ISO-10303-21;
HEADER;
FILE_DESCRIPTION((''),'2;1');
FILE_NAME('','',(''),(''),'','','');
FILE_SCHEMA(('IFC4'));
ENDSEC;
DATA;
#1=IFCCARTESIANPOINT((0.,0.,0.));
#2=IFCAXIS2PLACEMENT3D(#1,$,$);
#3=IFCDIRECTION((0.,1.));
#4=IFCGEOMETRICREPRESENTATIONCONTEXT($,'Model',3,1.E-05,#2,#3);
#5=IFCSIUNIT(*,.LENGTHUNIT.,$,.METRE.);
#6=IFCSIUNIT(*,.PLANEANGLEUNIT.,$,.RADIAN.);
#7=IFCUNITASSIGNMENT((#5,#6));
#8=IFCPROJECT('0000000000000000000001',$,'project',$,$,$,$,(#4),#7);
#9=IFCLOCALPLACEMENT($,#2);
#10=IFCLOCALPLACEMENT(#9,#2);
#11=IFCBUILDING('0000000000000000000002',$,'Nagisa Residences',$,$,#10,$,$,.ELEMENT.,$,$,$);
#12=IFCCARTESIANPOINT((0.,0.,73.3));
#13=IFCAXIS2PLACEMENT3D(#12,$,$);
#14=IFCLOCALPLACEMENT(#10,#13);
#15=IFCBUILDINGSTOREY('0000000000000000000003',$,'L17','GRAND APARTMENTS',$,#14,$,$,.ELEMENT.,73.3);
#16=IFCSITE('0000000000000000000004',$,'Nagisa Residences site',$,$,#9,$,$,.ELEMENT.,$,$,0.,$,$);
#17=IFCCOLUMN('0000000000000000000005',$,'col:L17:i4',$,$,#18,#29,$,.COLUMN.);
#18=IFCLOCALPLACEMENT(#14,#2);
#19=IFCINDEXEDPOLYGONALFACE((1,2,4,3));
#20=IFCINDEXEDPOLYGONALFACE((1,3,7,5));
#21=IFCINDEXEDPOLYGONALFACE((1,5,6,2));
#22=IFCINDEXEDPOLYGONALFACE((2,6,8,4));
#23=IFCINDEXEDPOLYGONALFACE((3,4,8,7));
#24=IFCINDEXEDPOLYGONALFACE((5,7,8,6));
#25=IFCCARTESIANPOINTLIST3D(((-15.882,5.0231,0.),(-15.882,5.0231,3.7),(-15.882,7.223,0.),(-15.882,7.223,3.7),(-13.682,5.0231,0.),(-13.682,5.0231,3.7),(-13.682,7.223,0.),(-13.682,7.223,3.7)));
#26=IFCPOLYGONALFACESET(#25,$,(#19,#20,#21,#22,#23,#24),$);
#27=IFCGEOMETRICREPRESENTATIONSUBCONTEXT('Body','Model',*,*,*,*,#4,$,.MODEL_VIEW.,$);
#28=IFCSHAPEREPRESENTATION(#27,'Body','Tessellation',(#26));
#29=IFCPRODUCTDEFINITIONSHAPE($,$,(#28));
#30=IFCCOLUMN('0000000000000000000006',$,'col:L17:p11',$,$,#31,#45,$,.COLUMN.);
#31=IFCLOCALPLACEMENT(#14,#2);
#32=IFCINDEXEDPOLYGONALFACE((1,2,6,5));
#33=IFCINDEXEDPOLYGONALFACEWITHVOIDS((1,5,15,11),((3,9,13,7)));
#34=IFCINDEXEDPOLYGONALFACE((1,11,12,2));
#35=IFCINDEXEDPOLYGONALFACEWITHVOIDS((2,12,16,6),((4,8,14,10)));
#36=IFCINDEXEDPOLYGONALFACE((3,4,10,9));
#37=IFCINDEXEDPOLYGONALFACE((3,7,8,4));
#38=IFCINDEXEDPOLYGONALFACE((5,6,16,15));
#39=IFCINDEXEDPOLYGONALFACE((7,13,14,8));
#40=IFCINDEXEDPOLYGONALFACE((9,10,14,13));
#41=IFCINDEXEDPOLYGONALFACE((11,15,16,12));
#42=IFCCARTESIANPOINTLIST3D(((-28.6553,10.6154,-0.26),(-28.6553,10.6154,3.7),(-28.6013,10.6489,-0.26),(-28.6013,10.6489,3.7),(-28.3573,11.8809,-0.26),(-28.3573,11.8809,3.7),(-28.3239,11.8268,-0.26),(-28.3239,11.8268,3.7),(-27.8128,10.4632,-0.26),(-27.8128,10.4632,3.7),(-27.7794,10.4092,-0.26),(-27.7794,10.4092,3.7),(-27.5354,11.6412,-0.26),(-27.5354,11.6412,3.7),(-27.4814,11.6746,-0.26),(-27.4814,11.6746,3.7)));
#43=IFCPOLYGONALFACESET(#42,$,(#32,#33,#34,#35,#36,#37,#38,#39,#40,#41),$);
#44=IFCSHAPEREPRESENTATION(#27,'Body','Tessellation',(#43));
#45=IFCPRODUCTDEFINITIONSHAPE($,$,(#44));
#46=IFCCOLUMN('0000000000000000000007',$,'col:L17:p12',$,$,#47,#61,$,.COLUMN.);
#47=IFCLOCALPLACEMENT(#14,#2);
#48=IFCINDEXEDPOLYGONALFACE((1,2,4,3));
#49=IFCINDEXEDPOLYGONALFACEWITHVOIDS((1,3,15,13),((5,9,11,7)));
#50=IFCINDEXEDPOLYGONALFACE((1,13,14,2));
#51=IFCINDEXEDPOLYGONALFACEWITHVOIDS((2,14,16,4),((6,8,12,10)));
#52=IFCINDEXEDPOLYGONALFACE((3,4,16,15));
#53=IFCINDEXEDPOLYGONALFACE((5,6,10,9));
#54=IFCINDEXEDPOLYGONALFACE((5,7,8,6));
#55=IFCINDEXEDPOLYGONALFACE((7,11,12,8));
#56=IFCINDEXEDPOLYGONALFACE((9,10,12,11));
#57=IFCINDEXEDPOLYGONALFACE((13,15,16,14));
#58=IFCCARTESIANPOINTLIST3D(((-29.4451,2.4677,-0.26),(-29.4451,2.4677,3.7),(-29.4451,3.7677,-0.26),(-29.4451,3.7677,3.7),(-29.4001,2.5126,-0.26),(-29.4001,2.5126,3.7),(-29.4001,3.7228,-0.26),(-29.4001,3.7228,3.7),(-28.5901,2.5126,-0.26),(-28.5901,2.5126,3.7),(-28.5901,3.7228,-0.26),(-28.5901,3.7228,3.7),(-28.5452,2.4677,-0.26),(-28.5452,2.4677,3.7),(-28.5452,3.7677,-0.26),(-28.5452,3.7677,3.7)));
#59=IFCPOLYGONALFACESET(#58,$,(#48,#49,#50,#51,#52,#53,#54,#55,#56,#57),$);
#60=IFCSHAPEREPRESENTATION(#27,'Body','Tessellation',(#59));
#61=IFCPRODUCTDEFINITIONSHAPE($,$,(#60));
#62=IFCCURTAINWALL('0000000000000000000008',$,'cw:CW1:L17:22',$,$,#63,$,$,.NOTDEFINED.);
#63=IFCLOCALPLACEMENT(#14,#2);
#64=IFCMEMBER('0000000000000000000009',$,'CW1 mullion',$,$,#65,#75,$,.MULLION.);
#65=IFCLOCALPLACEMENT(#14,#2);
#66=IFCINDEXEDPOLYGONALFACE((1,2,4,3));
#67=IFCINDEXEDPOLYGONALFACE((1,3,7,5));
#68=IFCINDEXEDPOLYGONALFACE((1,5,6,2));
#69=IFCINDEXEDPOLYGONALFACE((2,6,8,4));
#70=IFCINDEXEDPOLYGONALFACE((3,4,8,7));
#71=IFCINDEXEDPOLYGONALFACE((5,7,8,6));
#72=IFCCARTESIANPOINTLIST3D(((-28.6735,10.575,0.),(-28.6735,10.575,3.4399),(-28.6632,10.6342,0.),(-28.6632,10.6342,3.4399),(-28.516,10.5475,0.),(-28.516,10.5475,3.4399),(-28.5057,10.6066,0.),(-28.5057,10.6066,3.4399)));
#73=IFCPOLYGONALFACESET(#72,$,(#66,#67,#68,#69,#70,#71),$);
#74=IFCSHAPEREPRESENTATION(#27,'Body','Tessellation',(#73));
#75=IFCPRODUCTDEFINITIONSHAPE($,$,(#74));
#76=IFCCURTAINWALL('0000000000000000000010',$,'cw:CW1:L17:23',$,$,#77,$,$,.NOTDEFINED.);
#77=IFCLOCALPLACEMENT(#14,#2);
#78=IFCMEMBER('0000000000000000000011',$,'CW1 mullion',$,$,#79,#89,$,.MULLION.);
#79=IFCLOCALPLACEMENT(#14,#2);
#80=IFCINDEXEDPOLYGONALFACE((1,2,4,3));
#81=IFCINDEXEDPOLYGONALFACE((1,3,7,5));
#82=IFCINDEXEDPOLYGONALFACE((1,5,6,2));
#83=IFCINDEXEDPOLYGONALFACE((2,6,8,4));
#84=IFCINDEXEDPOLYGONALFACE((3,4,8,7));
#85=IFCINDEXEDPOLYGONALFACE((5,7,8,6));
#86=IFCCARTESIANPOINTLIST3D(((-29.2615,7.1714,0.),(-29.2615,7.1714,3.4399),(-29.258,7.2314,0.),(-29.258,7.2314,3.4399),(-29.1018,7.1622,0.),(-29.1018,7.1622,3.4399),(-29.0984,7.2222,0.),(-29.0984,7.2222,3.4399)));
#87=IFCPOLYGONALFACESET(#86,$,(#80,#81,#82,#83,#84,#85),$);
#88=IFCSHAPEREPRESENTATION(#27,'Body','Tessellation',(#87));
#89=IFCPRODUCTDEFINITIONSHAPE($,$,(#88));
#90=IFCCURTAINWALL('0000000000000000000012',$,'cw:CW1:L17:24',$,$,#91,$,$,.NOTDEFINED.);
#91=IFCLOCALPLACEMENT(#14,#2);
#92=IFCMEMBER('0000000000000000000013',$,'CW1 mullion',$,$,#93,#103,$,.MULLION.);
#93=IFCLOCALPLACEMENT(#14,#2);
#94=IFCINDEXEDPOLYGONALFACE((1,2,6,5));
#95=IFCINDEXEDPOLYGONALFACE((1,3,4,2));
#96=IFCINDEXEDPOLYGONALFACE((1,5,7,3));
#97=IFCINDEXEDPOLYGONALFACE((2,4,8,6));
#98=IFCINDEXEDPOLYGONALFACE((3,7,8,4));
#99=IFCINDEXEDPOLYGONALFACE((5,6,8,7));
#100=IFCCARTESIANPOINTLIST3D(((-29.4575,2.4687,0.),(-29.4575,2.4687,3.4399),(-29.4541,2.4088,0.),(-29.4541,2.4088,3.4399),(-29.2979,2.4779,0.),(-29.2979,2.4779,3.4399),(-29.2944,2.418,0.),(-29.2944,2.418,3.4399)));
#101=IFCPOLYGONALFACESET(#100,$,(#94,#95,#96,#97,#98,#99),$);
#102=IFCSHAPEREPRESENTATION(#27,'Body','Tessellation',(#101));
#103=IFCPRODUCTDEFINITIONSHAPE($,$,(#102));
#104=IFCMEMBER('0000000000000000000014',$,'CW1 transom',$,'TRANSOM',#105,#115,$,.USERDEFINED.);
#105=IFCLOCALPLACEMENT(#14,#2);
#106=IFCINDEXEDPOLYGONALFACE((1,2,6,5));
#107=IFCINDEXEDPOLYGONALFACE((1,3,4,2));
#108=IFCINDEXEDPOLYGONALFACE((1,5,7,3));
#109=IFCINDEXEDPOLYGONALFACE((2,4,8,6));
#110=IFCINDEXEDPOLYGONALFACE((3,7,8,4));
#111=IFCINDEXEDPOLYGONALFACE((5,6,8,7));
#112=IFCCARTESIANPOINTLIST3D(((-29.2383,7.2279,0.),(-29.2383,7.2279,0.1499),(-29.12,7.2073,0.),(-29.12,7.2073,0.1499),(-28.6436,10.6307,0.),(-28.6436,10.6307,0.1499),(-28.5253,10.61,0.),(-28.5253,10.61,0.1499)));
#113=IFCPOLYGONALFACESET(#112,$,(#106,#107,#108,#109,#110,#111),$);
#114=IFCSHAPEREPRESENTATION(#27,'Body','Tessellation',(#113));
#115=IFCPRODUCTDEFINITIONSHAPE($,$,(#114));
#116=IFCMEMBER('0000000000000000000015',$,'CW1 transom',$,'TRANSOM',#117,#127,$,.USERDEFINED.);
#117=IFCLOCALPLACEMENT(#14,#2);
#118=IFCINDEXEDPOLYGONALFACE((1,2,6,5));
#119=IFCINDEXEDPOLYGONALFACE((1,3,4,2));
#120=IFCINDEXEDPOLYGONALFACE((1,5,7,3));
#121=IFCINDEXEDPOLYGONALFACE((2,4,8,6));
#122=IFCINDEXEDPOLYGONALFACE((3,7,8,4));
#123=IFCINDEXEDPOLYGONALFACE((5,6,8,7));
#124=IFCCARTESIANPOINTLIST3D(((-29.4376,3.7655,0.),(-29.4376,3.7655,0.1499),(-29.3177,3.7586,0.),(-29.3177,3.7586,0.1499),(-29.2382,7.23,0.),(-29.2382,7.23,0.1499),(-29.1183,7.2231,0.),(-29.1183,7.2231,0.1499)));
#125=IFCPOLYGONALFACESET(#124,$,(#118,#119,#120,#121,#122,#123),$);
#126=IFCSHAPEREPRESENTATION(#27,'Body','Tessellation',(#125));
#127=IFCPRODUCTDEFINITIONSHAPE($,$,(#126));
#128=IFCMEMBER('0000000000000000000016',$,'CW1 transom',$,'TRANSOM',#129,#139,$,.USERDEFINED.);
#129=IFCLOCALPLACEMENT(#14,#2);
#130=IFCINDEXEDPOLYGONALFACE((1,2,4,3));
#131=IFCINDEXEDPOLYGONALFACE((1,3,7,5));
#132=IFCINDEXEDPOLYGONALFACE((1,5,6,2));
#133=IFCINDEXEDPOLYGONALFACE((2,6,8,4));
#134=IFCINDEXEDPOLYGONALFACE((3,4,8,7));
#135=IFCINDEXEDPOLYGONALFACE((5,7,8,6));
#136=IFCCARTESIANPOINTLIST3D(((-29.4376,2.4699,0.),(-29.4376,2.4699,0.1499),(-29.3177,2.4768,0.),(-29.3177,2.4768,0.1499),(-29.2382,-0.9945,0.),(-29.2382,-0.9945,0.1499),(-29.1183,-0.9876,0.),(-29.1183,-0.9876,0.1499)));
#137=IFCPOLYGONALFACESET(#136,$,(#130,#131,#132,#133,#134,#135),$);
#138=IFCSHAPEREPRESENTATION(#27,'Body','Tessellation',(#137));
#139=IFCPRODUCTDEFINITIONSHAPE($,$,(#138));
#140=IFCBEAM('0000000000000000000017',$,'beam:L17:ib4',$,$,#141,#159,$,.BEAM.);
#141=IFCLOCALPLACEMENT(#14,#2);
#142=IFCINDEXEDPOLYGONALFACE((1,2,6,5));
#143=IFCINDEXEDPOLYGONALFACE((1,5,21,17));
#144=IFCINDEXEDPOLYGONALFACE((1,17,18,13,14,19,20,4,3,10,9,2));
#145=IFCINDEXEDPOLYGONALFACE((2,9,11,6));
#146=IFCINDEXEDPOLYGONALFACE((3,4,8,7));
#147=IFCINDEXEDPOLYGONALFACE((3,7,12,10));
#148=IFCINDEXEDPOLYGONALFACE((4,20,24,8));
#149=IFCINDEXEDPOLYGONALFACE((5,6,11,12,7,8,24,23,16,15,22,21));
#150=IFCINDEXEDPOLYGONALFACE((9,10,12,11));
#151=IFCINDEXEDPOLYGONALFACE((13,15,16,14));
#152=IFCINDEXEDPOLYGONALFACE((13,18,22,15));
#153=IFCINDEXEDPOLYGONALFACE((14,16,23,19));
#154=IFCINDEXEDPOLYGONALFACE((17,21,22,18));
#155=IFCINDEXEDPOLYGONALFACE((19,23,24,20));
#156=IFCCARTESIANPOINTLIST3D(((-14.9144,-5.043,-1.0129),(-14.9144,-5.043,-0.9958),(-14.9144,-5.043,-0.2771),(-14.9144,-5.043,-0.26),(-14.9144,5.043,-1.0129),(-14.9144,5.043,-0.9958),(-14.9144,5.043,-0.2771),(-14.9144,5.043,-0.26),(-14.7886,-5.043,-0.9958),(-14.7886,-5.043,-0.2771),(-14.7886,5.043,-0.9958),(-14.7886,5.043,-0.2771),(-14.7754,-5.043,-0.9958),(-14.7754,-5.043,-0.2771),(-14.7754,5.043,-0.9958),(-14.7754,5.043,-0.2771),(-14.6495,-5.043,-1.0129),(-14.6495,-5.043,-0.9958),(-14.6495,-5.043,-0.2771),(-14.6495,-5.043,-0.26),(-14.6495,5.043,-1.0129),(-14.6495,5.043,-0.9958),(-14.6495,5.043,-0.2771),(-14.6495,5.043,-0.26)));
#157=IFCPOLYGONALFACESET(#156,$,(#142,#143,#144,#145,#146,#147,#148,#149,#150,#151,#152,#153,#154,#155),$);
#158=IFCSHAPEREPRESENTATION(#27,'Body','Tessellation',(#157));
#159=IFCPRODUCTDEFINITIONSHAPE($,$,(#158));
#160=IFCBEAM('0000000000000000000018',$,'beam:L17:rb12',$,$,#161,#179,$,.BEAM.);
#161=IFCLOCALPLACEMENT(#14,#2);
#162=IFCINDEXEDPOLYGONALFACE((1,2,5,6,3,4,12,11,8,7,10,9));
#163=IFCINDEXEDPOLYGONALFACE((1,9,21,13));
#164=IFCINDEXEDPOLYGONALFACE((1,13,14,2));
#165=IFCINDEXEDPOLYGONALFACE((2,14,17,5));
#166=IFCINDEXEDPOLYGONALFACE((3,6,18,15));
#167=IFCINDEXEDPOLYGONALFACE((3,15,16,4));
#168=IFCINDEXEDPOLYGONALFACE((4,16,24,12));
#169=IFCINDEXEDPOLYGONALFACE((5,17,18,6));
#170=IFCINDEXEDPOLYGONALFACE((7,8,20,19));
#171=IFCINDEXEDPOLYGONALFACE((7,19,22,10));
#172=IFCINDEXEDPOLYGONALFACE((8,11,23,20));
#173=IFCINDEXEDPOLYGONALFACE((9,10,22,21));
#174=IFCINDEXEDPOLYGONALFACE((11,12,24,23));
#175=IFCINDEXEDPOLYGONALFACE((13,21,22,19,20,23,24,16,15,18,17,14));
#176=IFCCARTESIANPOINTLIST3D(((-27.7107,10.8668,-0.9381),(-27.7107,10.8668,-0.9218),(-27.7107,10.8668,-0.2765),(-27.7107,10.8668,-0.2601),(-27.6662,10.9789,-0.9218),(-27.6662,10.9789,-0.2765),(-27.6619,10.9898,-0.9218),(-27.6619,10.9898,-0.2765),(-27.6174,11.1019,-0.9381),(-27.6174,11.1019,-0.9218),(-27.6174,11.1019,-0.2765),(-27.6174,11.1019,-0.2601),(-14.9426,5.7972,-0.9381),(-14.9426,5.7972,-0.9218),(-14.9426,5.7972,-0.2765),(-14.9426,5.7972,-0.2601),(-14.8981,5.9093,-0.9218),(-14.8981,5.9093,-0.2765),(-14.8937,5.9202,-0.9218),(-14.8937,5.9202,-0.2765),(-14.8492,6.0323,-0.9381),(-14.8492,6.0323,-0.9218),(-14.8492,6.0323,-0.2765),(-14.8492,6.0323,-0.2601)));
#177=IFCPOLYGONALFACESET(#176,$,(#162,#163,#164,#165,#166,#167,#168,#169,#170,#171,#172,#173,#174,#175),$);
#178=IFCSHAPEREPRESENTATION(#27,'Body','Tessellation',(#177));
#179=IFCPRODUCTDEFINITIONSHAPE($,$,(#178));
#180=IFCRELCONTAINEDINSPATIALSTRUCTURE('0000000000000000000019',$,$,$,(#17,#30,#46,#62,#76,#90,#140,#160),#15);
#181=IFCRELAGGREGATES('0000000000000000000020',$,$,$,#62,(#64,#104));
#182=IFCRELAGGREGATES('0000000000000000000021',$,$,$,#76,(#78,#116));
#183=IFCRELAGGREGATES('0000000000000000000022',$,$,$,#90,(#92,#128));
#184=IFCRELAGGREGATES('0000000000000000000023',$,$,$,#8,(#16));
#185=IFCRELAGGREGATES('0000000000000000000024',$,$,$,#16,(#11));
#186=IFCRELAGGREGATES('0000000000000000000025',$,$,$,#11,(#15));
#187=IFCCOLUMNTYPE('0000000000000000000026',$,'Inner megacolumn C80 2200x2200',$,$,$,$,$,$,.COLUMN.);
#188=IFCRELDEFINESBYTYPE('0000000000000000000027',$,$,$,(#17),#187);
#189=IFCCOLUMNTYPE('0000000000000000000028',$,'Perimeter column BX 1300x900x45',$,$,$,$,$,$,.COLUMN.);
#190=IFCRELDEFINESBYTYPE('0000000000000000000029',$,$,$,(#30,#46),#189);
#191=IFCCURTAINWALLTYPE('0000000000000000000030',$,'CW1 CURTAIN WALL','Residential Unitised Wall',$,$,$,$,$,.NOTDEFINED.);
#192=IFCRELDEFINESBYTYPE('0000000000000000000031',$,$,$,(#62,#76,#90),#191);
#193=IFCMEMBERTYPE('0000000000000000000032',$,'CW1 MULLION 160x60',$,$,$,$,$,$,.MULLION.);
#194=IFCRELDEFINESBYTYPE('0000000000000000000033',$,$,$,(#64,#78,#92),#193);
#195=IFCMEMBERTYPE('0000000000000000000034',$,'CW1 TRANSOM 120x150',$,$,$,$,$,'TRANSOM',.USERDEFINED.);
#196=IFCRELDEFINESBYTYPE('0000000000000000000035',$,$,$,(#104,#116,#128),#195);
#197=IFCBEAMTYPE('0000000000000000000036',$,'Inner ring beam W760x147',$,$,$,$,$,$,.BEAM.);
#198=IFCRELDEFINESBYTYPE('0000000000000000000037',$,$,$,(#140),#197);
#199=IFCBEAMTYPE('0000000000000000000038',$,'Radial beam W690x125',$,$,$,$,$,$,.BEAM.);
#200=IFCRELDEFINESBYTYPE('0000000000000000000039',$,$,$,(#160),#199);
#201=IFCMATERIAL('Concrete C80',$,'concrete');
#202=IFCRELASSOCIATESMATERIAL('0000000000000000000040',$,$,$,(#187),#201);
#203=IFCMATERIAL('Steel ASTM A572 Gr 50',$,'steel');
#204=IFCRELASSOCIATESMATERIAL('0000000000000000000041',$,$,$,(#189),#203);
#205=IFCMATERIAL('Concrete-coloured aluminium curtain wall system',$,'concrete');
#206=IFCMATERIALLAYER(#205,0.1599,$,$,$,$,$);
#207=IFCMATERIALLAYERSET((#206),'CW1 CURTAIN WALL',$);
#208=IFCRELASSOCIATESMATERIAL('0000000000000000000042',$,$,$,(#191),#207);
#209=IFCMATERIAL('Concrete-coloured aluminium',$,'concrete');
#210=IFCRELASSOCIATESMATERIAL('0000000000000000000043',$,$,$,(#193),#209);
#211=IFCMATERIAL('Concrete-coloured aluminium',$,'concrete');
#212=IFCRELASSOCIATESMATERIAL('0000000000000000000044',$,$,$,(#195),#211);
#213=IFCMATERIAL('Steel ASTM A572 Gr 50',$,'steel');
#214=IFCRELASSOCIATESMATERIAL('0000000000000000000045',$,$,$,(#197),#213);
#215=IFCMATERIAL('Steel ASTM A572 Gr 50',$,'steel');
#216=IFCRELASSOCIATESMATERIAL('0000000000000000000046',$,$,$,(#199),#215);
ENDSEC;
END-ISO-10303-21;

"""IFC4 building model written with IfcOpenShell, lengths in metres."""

from ifc_helpers import new_model, si_unit, direction, frame, origin, origin_2d, place, context, subcontext, project, spatial, rectangle, hollow_rectangle, i_section, extrude, material, layer, layer_set, material_profile, profile_set, type_object, element, aggregate, save


model = new_model("IFC4")

# Units and contexts
model_context = context("Model", 3, precision=1e-05, world=origin(), true_north=direction((0.0, 1.0)))
body_context = subcontext(model_context, "Body", "Model", "MODEL_VIEW")
ifc_project = project(units=[si_unit("LENGTHUNIT", "METRE"), si_unit("PLANEANGLEUNIT", "RADIAN")], contexts=[model_context])

# Site, building, storey
site_placement = place(None, origin())
site = spatial("IfcSite", under=ifc_project, at=site_placement, Name="Nagisa Residences site", CompositionType="ELEMENT", RefElevation=0.0)
building_placement = place(site_placement, origin())
building = spatial("IfcBuilding", under=site, at=building_placement, Name="Nagisa Residences", CompositionType="ELEMENT")
storey_placement = place(building_placement, frame((0.0, 0.0, 73.3)))
storey = spatial("IfcBuildingStorey", under=building, at=storey_placement, Name="L17", Description="GRAND APARTMENTS", CompositionType="ELEMENT", Elevation=73.3)

# Columns
ifc_material_1 = material(Name="Concrete C80", Category="concrete")
ifc_material_profile_1 = material_profile(ifc_material_1, rectangle(XDim=2.2, YDim=2.2, at=origin_2d()), Name="C80 2200x2200")
ifc_profile_set_1 = profile_set([ifc_material_profile_1], Name="Concrete C80")
column_type_1 = type_object("IfcColumnType", Name="Inner megacolumn C80 2200x2200", PredefinedType="COLUMN", material=ifc_profile_set_1)
column_placement = place(storey_placement, frame((-14.782, 6.123, 0.0), z_axis=(0.0, 0.0, 1.0), x_axis=(1.0, 0.0, 0.0)))
element("IfcColumn", 1, at=column_placement, inside=storey, type_object=column_type_1, Name="col:L17:i4", PredefinedType="COLUMN", context=body_context, shape_type="SweptSolid", body=[
    extrude(rectangle(XDim=2.2, YDim=2.2, at=origin_2d()), origin(), (0.0, 0.0, 1.0), 3.7),
])
ifc_material_2 = material(Name="Steel ASTM A572 Gr 50", Category="steel")
ifc_material_profile_2 = material_profile(ifc_material_2, hollow_rectangle(XDim=1.3, YDim=0.8999, WallThickness=0.0449, at=origin_2d()), Name="BX 1300x900x45")
ifc_profile_set_2 = profile_set([ifc_material_profile_2], Name="Steel ASTM A572 Gr 50")
column_type_2 = type_object("IfcColumnType", Name="Perimeter column BX 1300x900x45", PredefinedType="COLUMN", material=ifc_profile_set_2)
for number, where, z_axis, x_axis, name in (
    (2, (-28.0684, 11.145, -0.26), (0.0, 0.0, 1.0), (-0.229202, -0.973379, 0.0), "col:L17:p11"),
    (3, (-28.9951, 3.1177, -0.26), (0.0, 0.0, 1.0), (0.0, -1.0, 0.0), "col:L17:p12"),
):
    element("IfcColumn", number, at=place(storey_placement, frame(where, z_axis=z_axis, x_axis=x_axis)), inside=storey, type_object=column_type_2, Name=name, PredefinedType="COLUMN", context=body_context, shape_type="SweptSolid", body=[
        extrude(hollow_rectangle(XDim=1.3, YDim=0.8999, WallThickness=0.0449, at=origin_2d()), origin(), (0.0, 0.0, 1.0), 3.96),
    ])

# Curtain walls, members
ifc_material_3 = material(Name="Concrete-coloured aluminium curtain wall system", Category="concrete")
ifc_layer_1 = layer(ifc_material_3, 0.1599)
ifc_layer_set_1 = layer_set([ifc_layer_1], Name="CW1 CURTAIN WALL")
curtain_wall_type = type_object("IfcCurtainWallType", Name="CW1 CURTAIN WALL", Description="Residential Unitised Wall", PredefinedType="NOTDEFINED", material=ifc_layer_set_1)
curtain_wall_1_placement = place(storey_placement, origin())
curtain_wall_1 = element("IfcCurtainWall", 4, at=curtain_wall_1_placement, inside=storey, type_object=curtain_wall_type, Name="cw:CW1:L17:22", PredefinedType="NOTDEFINED")
ifc_material_4 = material(Name="Concrete-coloured aluminium", Category="concrete")
ifc_material_profile_3 = material_profile(ifc_material_4, rectangle(XDim=0.1599, YDim=0.0601, at=origin_2d()), Name="CW1 MULLION 160x60")
ifc_profile_set_3 = profile_set([ifc_material_profile_3], Name="Concrete-coloured aluminium")
member_type_1 = type_object("IfcMemberType", Name="CW1 MULLION 160x60", PredefinedType="MULLION", material=ifc_profile_set_3)
member_1_placement = place(storey_placement, frame((-28.5896, 10.5908, 0.0), z_axis=(0.0, 0.0, 1.0), x_axis=(0.985064, -0.172191, 0.0)))
member_1 = element("IfcMember", 5, at=member_1_placement, type_object=member_type_1, Name="CW1 mullion", PredefinedType="MULLION", context=body_context, shape_type="SweptSolid", body=[
    extrude(rectangle(XDim=0.1599, YDim=0.0601, at=origin_2d()), origin(), (0.0, 0.0, 1.0), 3.4399),
])
curtain_wall_2_placement = place(storey_placement, origin())
curtain_wall_2 = element("IfcCurtainWall", 6, at=curtain_wall_2_placement, inside=storey, type_object=curtain_wall_type, Name="cw:CW1:L17:23", PredefinedType="NOTDEFINED")
member_2_placement = place(storey_placement, frame((-29.1799, 7.1968, 0.0), z_axis=(0.0, 0.0, 1.0), x_axis=(0.998345, -0.057503, 0.0)))
member_2 = element("IfcMember", 7, at=member_2_placement, type_object=member_type_1, Name="CW1 mullion", PredefinedType="MULLION", context=body_context, shape_type="SweptSolid", body=[
    extrude(rectangle(XDim=0.1599, YDim=0.0601, at=origin_2d()), origin(), (0.0, 0.0, 1.0), 3.4399),
])
curtain_wall_3_placement = place(storey_placement, origin())
curtain_wall_3 = element("IfcCurtainWall", 8, at=curtain_wall_3_placement, inside=storey, type_object=curtain_wall_type, Name="cw:CW1:L17:24", PredefinedType="NOTDEFINED")
member_3_placement = place(storey_placement, frame((-29.376, 2.4434, 0.0), z_axis=(0.0, 0.0, 1.0), x_axis=(0.998345, 0.057503, 0.0)))
member_3 = element("IfcMember", 9, at=member_3_placement, type_object=member_type_1, Name="CW1 mullion", PredefinedType="MULLION", context=body_context, shape_type="SweptSolid", body=[
    extrude(rectangle(XDim=0.1599, YDim=0.0601, at=origin_2d()), origin(), (0.0, 0.0, 1.0), 3.4399),
])

# Members
ifc_material_5 = material(Name="Concrete-coloured aluminium", Category="concrete")
ifc_material_profile_4 = material_profile(ifc_material_5, rectangle(XDim=0.1201, YDim=0.1499, at=origin_2d()), Name="CW1 TRANSOM 120x150")
ifc_profile_set_4 = profile_set([ifc_material_profile_4], Name="Concrete-coloured aluminium")
member_type_2 = type_object("IfcMemberType", Name="CW1 TRANSOM 120x150", ElementType="TRANSOM", PredefinedType="USERDEFINED", material=ifc_profile_set_4)
member_4_placement = place(storey_placement, frame((-28.5845, 10.6204, 0.075), z_axis=(-0.172164, -0.985068, 0.0), x_axis=(0.985068, -0.172164, 0.0)))
member_4 = element("IfcMember", 10, at=member_4_placement, type_object=member_type_2, Name="CW1 transom", ObjectType="TRANSOM", PredefinedType="USERDEFINED", context=body_context, shape_type="SweptSolid", body=[
    extrude(rectangle(XDim=0.1201, YDim=0.1499, at=origin_2d()), origin(), (0.0, 0.0, 1.0), 3.4543),
])
member_5_placement = place(storey_placement, frame((-29.1782, 7.2266, 0.075), z_axis=(-0.057477, -0.998347, 0.0), x_axis=(0.998347, -0.057477, 0.0)))
member_5 = element("IfcMember", 11, at=member_5_placement, type_object=member_type_2, Name="CW1 transom", ObjectType="TRANSOM", PredefinedType="USERDEFINED", context=body_context, shape_type="SweptSolid", body=[
    extrude(rectangle(XDim=0.1201, YDim=0.1499, at=origin_2d()), origin(), (0.0, 0.0, 1.0), 3.4702),
])
member_6_placement = place(storey_placement, frame((-29.3777, 2.4734, 0.075), z_axis=(0.057477, -0.998347, 0.0), x_axis=(0.998347, 0.057477, 0.0)))
member_6 = element("IfcMember", 12, at=member_6_placement, type_object=member_type_2, Name="CW1 transom", ObjectType="TRANSOM", PredefinedType="USERDEFINED", context=body_context, shape_type="SweptSolid", body=[
    extrude(rectangle(XDim=0.1201, YDim=0.1499, at=origin_2d()), origin(), (0.0, 0.0, 1.0), 3.4702),
])

# Beams
ifc_material_6 = material(Name="Steel ASTM A572 Gr 50", Category="steel")
ifc_material_profile_5 = material_profile(ifc_material_6, i_section(OverallWidth=0.2649, OverallDepth=0.7529, WebThickness=0.0132, FlangeThickness=0.0171, at=origin_2d()), Name="W760x147")
ifc_profile_set_5 = profile_set([ifc_material_profile_5], Name="Steel ASTM A572 Gr 50")
beam_type_1 = type_object("IfcBeamType", Name="Inner ring beam W760x147", PredefinedType="BEAM", material=ifc_profile_set_5)
beam_1_placement = place(storey_placement, frame((-14.782, 5.043, -0.6365), z_axis=(0.0, -1.0, 0.0), x_axis=(1.0, 0.0, 0.0)))
element("IfcBeam", 13, at=beam_1_placement, inside=storey, type_object=beam_type_1, Name="beam:L17:ib4", PredefinedType="BEAM", context=body_context, shape_type="SweptSolid", body=[
    extrude(i_section(OverallWidth=0.2649, OverallDepth=0.7529, WebThickness=0.0132, FlangeThickness=0.0171, at=origin_2d()), origin(), (0.0, 0.0, 1.0), 10.0859),
])
ifc_material_7 = material(Name="Steel ASTM A572 Gr 50", Category="steel")
ifc_material_profile_6 = material_profile(ifc_material_7, i_section(OverallWidth=0.2529, OverallDepth=0.678, WebThickness=0.0117, FlangeThickness=0.0164, at=origin_2d()), Name="W690x125")
ifc_profile_set_6 = profile_set([ifc_material_profile_6], Name="Steel ASTM A572 Gr 50")
beam_type_2 = type_object("IfcBeamType", Name="Radial beam W690x125", PredefinedType="BEAM", material=ifc_profile_set_6)
beam_2_placement = place(storey_placement, frame((-27.6641, 10.9844, -0.5991), z_axis=(0.929419, -0.369027, 0.0), x_axis=(0.369027, 0.929419, 0.0)))
element("IfcBeam", 14, at=beam_2_placement, inside=storey, type_object=beam_type_2, Name="beam:L17:rb12", PredefinedType="BEAM", context=body_context, shape_type="SweptSolid", body=[
    extrude(i_section(OverallWidth=0.2529, OverallDepth=0.678, WebThickness=0.0117, FlangeThickness=0.0164, at=origin_2d()), origin(), (0.0, 0.0, 1.0), 13.7378),
])

aggregate(curtain_wall_1, [member_1, member_4])
aggregate(curtain_wall_2, [member_2, member_5])
aggregate(curtain_wall_3, [member_3, member_6])

save(model, "model.ifc")
